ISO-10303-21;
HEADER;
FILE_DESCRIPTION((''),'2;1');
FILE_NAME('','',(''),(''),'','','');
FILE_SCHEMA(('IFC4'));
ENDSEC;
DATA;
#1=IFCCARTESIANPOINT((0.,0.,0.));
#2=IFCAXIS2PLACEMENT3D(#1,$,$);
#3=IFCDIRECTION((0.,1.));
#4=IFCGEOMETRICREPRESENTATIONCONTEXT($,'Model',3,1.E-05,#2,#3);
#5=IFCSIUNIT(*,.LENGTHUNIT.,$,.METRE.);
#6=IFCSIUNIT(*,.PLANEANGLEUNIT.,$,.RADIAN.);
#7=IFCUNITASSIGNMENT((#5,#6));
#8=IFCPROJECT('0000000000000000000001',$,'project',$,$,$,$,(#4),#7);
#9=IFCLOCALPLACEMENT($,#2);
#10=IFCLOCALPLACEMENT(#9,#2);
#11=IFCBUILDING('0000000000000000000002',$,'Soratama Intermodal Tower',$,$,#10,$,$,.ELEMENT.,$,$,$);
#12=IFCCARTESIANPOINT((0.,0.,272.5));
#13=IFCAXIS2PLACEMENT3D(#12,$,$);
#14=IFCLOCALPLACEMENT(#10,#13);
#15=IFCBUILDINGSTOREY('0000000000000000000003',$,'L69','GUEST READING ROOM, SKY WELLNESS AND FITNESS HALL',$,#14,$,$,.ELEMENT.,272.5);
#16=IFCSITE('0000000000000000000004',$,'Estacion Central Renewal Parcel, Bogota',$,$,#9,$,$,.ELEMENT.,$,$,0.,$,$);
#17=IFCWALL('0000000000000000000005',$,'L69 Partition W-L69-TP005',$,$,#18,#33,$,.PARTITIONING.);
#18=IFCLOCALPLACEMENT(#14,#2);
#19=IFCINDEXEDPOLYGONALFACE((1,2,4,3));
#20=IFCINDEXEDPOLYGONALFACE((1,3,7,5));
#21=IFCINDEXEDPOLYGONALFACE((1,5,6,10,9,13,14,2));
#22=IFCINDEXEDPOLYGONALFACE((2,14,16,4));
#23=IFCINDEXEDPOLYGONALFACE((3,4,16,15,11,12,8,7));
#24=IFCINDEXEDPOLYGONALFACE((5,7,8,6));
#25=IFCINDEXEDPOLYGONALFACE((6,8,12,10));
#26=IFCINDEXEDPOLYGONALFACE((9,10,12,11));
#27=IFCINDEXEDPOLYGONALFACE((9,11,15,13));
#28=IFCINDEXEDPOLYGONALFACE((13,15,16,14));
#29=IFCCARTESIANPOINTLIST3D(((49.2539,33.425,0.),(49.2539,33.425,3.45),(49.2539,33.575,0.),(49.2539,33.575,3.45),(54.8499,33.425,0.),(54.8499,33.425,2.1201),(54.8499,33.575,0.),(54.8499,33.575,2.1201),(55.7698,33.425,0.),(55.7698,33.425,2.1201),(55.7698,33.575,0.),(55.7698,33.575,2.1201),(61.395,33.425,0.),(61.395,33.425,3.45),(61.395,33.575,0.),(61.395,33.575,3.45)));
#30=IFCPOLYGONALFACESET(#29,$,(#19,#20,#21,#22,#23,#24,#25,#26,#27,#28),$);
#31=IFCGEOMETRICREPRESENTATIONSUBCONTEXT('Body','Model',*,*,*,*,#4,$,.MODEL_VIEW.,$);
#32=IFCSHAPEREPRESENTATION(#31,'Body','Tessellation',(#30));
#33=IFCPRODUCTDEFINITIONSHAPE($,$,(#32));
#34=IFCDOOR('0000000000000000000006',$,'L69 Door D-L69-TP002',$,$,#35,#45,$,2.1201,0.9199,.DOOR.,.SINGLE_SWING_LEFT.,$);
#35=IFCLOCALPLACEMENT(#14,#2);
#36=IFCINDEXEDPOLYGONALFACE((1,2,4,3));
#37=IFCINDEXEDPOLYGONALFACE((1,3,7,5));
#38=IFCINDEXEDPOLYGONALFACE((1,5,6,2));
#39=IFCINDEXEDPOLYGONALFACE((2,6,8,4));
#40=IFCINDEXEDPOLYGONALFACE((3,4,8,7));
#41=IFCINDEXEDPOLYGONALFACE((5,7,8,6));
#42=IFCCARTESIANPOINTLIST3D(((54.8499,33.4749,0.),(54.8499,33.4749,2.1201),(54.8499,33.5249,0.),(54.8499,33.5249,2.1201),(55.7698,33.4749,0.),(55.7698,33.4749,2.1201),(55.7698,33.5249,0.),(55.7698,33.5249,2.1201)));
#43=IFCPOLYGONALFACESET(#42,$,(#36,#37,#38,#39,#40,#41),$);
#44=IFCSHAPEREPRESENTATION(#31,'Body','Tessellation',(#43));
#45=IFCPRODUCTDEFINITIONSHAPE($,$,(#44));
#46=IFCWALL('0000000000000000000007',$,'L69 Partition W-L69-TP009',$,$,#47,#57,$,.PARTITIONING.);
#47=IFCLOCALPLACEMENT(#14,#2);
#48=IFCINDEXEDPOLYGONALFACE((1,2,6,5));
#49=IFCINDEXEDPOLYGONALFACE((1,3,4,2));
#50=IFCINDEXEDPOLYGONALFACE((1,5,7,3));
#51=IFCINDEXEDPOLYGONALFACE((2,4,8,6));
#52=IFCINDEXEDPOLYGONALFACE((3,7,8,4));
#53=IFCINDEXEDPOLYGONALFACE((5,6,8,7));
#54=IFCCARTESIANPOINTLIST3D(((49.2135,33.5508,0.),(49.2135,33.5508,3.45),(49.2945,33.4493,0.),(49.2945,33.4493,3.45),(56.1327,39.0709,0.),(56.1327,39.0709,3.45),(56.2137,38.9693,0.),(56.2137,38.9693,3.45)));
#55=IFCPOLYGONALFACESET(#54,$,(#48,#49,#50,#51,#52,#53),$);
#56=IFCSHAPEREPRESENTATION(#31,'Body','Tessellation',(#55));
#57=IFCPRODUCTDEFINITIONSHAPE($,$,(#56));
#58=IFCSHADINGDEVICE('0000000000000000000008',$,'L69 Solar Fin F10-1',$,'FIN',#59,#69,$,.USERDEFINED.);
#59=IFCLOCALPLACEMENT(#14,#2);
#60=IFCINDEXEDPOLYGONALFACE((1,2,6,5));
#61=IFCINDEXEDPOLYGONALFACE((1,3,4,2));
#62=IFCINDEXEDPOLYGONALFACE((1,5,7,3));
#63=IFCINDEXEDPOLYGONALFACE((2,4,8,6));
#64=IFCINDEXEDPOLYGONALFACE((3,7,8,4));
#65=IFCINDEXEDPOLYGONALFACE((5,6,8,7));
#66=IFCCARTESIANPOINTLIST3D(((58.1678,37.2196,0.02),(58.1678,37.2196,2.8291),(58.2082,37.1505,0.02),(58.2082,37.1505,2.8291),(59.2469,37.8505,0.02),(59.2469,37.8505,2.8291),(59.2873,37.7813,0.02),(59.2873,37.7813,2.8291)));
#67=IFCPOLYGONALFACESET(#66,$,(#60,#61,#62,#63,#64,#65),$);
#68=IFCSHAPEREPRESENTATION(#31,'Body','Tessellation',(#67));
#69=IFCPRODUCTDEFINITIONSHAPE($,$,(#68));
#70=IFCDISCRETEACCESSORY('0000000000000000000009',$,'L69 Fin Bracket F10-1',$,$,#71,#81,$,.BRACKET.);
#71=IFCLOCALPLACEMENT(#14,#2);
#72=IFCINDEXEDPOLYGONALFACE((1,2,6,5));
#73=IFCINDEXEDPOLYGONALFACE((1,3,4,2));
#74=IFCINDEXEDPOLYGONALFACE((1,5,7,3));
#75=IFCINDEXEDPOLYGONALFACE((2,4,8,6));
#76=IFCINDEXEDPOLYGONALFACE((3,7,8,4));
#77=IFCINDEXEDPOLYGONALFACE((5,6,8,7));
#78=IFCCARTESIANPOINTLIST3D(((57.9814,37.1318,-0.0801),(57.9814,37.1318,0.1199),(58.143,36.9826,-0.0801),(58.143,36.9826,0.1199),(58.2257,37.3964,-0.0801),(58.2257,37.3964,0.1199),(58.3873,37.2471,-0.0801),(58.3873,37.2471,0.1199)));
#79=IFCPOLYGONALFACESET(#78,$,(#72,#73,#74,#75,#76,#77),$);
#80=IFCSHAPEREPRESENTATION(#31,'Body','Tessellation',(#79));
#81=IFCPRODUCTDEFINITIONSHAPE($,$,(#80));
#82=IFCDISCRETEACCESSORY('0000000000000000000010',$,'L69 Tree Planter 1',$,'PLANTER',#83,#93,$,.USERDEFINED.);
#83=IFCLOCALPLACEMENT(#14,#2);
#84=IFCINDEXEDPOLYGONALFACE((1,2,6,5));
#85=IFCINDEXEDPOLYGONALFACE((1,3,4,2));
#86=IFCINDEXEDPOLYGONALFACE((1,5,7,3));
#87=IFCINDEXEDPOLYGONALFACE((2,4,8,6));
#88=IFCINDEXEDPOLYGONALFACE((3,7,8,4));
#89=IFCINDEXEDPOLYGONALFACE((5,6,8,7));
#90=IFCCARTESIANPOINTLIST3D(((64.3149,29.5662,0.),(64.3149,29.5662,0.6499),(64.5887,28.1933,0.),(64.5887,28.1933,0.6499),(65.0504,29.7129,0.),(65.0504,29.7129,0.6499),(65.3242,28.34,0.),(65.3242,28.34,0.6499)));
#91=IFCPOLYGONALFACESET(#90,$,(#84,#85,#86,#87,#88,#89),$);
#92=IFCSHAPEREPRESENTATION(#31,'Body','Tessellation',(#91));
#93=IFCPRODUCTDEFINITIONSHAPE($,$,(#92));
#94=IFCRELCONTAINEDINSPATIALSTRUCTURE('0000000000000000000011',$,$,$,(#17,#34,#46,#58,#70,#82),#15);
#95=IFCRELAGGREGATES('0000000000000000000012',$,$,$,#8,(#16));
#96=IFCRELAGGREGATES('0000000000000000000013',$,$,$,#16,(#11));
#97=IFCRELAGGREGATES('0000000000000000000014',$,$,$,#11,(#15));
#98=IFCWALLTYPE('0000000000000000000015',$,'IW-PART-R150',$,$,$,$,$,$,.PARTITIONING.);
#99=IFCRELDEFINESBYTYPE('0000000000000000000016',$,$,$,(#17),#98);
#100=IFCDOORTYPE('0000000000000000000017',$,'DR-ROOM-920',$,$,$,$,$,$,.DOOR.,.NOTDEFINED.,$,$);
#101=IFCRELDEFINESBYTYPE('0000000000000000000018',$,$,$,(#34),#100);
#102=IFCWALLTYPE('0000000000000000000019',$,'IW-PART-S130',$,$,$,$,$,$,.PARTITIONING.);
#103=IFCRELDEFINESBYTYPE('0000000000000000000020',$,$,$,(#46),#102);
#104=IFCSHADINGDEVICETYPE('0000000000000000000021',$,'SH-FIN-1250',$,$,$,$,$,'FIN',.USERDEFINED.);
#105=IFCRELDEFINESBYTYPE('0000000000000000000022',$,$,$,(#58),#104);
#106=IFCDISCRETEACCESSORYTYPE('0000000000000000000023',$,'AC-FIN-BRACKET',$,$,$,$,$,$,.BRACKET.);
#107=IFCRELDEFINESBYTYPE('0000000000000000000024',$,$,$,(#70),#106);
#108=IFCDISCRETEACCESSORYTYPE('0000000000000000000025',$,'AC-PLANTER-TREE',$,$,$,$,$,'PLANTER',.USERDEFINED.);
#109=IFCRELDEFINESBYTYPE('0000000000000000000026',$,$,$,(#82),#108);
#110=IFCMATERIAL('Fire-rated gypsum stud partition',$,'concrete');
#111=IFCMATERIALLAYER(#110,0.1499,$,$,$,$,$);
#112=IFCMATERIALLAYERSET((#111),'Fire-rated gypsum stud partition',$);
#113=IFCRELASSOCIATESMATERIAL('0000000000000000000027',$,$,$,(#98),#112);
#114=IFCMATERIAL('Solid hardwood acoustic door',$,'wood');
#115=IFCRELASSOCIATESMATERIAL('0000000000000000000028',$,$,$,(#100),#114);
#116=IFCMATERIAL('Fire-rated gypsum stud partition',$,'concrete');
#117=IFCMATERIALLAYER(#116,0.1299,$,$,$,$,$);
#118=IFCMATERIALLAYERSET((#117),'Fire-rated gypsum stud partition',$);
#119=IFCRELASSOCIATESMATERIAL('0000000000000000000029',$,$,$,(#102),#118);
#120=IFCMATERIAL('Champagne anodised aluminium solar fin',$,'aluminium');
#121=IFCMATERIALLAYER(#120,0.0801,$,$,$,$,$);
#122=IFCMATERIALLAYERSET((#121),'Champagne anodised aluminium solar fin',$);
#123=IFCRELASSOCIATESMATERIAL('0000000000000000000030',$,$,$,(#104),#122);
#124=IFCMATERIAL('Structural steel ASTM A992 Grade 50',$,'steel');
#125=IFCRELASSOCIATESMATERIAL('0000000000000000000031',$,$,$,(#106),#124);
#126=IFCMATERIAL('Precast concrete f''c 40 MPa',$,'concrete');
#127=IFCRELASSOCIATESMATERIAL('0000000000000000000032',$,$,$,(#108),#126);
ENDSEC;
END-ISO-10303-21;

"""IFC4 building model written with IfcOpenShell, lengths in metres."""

from ifc_helpers import new_model, si_unit, direction, frame, frame_2d, origin, origin_2d, place, context, subcontext, project, spatial, rectangle, extrude, material, layer, layer_set, type_object, element, fill, save


model = new_model("IFC4")

# Units and contexts
model_context = context("Model", 3, precision=1e-05, world=origin(), true_north=direction((0.0, 1.0)))
body_context = subcontext(model_context, "Body", "Model", "MODEL_VIEW")
ifc_project = project(units=[si_unit("LENGTHUNIT", "METRE"), si_unit("PLANEANGLEUNIT", "RADIAN")], contexts=[model_context])

# Site, building, storey
site_placement = place(None, origin())
site = spatial("IfcSite", under=ifc_project, at=site_placement, Name="Estacion Central Renewal Parcel, Bogota", CompositionType="ELEMENT", RefElevation=0.0)
building_placement = place(site_placement, origin())
building = spatial("IfcBuilding", under=site, at=building_placement, Name="Soratama Intermodal Tower", CompositionType="ELEMENT")
storey_placement = place(building_placement, frame((0.0, 0.0, 272.5)))
storey = spatial("IfcBuildingStorey", under=building, at=storey_placement, Name="L69", Description="GUEST READING ROOM, SKY WELLNESS AND FITNESS HALL", CompositionType="ELEMENT", Elevation=272.5)

# Wall, opening, door
ifc_material_1 = material(Name="Fire-rated gypsum stud partition", Category="concrete")
ifc_layer_1 = layer(ifc_material_1, 0.1499)
ifc_layer_set_1 = layer_set([ifc_layer_1], Name="Fire-rated gypsum stud partition")
wall_type_1 = type_object("IfcWallType", Name="IW-PART-R150", PredefinedType="PARTITIONING", material=ifc_layer_set_1)
ifc_material_2 = material(Name="Solid hardwood acoustic door", Category="wood")
door_type = type_object("IfcDoorType", Name="DR-ROOM-920", OperationType="NOTDEFINED", PredefinedType="DOOR", material=ifc_material_2)
wall_1_placement = place(storey_placement, frame((49.2539, 33.5, 0.0), z_axis=(0.0, 0.0, 1.0), x_axis=(1.0, 0.0, 0.0)))
wall_1 = element("IfcWall", 1, at=wall_1_placement, inside=storey, type_object=wall_type_1, Name="L69 Partition W-L69-TP005", PredefinedType="PARTITIONING", context=body_context, shape_type="SweptSolid", body=[
    extrude(rectangle(XDim=12.1411, YDim=0.1499, at=frame_2d((6.0706, 0.0))), origin(), (0.0, 0.0, 1.0), 3.45),
])
opening_1_placement = place(wall_1_placement, frame((5.5959, 0.0, 0.0)))
opening_1 = element("IfcOpeningElement", 2, at=opening_1_placement, cuts=wall_1, PredefinedType="OPENING", context=body_context, shape_type="SweptSolid", body=[
    extrude(rectangle(XDim=0.9199, YDim=2.1201, at=frame_2d((0.46, 1.0601))), frame((0.0, 0.085, 0.0), z_axis=(0.0, -1.0, 0.0), x_axis=(1.0, 0.0, 0.0)), (0.0, 0.0, 1.0), 0.1699),
])
door_1_placement = place(opening_1_placement, origin())
door_1 = element("IfcDoor", 3, at=door_1_placement, inside=storey, type_object=door_type, Name="L69 Door D-L69-TP002", OperationType="SINGLE_SWING_LEFT", OverallHeight=2.1201, OverallWidth=0.9199, PredefinedType="DOOR", context=body_context, shape_type="SweptSolid", body=[
    extrude(rectangle(XDim=0.9199, YDim=2.1201, at=frame_2d((0.46, 1.0601))), frame((0.0, 0.0249, 0.0), z_axis=(0.0, -1.0, 0.0), x_axis=(1.0, 0.0, 0.0)), (0.0, 0.0, 1.0), 0.05),
])
fill(opening_1, door_1)

# Wall
ifc_material_3 = material(Name="Fire-rated gypsum stud partition", Category="concrete")
ifc_layer_2 = layer(ifc_material_3, 0.1299)
ifc_layer_set_2 = layer_set([ifc_layer_2], Name="Fire-rated gypsum stud partition")
wall_type_2 = type_object("IfcWallType", Name="IW-PART-S130", PredefinedType="PARTITIONING", material=ifc_layer_set_2)
wall_2_placement = place(storey_placement, frame((49.2539, 33.5, 0.0), z_axis=(0.0, 0.0, 1.0), x_axis=(0.781713, 0.623638, 0.0)))
element("IfcWall", 4, at=wall_2_placement, inside=storey, type_object=wall_type_2, Name="L69 Partition W-L69-TP009", PredefinedType="PARTITIONING", context=body_context, shape_type="SweptSolid", body=[
    extrude(rectangle(XDim=8.8513, YDim=0.1299, at=frame_2d((4.4258, 0.0))), origin(), (0.0, 0.0, 1.0), 3.45),
])

# Shading device
ifc_material_4 = material(Name="Champagne anodised aluminium solar fin", Category="aluminium")
ifc_layer_3 = layer(ifc_material_4, 0.0801)
ifc_layer_set_3 = layer_set([ifc_layer_3], Name="Champagne anodised aluminium solar fin")
shading_device_type = type_object("IfcShadingDeviceType", Name="SH-FIN-1250", ElementType="FIN", PredefinedType="USERDEFINED", material=ifc_layer_set_3)
shading_device_placement = place(storey_placement, frame((58.7275, 37.5005, 0.02), z_axis=(0.0, 0.0, 1.0), x_axis=(0.863307, 0.504678, 0.0)))
element("IfcShadingDevice", 5, at=shading_device_placement, inside=storey, type_object=shading_device_type, Name="L69 Solar Fin F10-1", ObjectType="FIN", PredefinedType="USERDEFINED", context=body_context, shape_type="SweptSolid", body=[
    extrude(rectangle(XDim=1.25, YDim=0.0801, at=origin_2d()), origin(), (0.0, 0.0, 1.0), 2.8091),
])

# Discrete accessories
ifc_material_5 = material(Name="Structural steel ASTM A992 Grade 50", Category="steel")
discrete_accessory_type_1 = type_object("IfcDiscreteAccessoryType", Name="AC-FIN-BRACKET", PredefinedType="BRACKET", material=ifc_material_5)
discrete_accessory_1_placement = place(storey_placement, frame((58.1843, 37.1895, -0.0801), z_axis=(0.0, 0.0, 1.0), x_axis=(0.678416, 0.734678, 0.0)))
element("IfcDiscreteAccessory", 6, at=discrete_accessory_1_placement, inside=storey, type_object=discrete_accessory_type_1, Name="L69 Fin Bracket F10-1", PredefinedType="BRACKET", context=body_context, shape_type="SweptSolid", body=[
    extrude(rectangle(XDim=0.3601, YDim=0.22, at=origin_2d()), origin(), (0.0, 0.0, 1.0), 0.2),
])
ifc_material_6 = material(Name="Precast concrete f'c 40 MPa", Category="concrete")
discrete_accessory_type_2 = type_object("IfcDiscreteAccessoryType", Name="AC-PLANTER-TREE", ElementType="PLANTER", PredefinedType="USERDEFINED", material=ifc_material_6)
discrete_accessory_2_placement = place(storey_placement, frame((64.8196, 28.9531, 0.0), z_axis=(0.0, 0.0, 1.0), x_axis=(0.980683, 0.195604, 0.0)))
element("IfcDiscreteAccessory", 7, at=discrete_accessory_2_placement, inside=storey, type_object=discrete_accessory_type_2, Name="L69 Tree Planter 1", ObjectType="PLANTER", PredefinedType="USERDEFINED", context=body_context, shape_type="SweptSolid", body=[
    extrude(rectangle(XDim=0.75, YDim=1.3999, at=origin_2d()), origin(), (0.0, 0.0, 1.0), 0.6499),
])

save(model, "model.ifc")
